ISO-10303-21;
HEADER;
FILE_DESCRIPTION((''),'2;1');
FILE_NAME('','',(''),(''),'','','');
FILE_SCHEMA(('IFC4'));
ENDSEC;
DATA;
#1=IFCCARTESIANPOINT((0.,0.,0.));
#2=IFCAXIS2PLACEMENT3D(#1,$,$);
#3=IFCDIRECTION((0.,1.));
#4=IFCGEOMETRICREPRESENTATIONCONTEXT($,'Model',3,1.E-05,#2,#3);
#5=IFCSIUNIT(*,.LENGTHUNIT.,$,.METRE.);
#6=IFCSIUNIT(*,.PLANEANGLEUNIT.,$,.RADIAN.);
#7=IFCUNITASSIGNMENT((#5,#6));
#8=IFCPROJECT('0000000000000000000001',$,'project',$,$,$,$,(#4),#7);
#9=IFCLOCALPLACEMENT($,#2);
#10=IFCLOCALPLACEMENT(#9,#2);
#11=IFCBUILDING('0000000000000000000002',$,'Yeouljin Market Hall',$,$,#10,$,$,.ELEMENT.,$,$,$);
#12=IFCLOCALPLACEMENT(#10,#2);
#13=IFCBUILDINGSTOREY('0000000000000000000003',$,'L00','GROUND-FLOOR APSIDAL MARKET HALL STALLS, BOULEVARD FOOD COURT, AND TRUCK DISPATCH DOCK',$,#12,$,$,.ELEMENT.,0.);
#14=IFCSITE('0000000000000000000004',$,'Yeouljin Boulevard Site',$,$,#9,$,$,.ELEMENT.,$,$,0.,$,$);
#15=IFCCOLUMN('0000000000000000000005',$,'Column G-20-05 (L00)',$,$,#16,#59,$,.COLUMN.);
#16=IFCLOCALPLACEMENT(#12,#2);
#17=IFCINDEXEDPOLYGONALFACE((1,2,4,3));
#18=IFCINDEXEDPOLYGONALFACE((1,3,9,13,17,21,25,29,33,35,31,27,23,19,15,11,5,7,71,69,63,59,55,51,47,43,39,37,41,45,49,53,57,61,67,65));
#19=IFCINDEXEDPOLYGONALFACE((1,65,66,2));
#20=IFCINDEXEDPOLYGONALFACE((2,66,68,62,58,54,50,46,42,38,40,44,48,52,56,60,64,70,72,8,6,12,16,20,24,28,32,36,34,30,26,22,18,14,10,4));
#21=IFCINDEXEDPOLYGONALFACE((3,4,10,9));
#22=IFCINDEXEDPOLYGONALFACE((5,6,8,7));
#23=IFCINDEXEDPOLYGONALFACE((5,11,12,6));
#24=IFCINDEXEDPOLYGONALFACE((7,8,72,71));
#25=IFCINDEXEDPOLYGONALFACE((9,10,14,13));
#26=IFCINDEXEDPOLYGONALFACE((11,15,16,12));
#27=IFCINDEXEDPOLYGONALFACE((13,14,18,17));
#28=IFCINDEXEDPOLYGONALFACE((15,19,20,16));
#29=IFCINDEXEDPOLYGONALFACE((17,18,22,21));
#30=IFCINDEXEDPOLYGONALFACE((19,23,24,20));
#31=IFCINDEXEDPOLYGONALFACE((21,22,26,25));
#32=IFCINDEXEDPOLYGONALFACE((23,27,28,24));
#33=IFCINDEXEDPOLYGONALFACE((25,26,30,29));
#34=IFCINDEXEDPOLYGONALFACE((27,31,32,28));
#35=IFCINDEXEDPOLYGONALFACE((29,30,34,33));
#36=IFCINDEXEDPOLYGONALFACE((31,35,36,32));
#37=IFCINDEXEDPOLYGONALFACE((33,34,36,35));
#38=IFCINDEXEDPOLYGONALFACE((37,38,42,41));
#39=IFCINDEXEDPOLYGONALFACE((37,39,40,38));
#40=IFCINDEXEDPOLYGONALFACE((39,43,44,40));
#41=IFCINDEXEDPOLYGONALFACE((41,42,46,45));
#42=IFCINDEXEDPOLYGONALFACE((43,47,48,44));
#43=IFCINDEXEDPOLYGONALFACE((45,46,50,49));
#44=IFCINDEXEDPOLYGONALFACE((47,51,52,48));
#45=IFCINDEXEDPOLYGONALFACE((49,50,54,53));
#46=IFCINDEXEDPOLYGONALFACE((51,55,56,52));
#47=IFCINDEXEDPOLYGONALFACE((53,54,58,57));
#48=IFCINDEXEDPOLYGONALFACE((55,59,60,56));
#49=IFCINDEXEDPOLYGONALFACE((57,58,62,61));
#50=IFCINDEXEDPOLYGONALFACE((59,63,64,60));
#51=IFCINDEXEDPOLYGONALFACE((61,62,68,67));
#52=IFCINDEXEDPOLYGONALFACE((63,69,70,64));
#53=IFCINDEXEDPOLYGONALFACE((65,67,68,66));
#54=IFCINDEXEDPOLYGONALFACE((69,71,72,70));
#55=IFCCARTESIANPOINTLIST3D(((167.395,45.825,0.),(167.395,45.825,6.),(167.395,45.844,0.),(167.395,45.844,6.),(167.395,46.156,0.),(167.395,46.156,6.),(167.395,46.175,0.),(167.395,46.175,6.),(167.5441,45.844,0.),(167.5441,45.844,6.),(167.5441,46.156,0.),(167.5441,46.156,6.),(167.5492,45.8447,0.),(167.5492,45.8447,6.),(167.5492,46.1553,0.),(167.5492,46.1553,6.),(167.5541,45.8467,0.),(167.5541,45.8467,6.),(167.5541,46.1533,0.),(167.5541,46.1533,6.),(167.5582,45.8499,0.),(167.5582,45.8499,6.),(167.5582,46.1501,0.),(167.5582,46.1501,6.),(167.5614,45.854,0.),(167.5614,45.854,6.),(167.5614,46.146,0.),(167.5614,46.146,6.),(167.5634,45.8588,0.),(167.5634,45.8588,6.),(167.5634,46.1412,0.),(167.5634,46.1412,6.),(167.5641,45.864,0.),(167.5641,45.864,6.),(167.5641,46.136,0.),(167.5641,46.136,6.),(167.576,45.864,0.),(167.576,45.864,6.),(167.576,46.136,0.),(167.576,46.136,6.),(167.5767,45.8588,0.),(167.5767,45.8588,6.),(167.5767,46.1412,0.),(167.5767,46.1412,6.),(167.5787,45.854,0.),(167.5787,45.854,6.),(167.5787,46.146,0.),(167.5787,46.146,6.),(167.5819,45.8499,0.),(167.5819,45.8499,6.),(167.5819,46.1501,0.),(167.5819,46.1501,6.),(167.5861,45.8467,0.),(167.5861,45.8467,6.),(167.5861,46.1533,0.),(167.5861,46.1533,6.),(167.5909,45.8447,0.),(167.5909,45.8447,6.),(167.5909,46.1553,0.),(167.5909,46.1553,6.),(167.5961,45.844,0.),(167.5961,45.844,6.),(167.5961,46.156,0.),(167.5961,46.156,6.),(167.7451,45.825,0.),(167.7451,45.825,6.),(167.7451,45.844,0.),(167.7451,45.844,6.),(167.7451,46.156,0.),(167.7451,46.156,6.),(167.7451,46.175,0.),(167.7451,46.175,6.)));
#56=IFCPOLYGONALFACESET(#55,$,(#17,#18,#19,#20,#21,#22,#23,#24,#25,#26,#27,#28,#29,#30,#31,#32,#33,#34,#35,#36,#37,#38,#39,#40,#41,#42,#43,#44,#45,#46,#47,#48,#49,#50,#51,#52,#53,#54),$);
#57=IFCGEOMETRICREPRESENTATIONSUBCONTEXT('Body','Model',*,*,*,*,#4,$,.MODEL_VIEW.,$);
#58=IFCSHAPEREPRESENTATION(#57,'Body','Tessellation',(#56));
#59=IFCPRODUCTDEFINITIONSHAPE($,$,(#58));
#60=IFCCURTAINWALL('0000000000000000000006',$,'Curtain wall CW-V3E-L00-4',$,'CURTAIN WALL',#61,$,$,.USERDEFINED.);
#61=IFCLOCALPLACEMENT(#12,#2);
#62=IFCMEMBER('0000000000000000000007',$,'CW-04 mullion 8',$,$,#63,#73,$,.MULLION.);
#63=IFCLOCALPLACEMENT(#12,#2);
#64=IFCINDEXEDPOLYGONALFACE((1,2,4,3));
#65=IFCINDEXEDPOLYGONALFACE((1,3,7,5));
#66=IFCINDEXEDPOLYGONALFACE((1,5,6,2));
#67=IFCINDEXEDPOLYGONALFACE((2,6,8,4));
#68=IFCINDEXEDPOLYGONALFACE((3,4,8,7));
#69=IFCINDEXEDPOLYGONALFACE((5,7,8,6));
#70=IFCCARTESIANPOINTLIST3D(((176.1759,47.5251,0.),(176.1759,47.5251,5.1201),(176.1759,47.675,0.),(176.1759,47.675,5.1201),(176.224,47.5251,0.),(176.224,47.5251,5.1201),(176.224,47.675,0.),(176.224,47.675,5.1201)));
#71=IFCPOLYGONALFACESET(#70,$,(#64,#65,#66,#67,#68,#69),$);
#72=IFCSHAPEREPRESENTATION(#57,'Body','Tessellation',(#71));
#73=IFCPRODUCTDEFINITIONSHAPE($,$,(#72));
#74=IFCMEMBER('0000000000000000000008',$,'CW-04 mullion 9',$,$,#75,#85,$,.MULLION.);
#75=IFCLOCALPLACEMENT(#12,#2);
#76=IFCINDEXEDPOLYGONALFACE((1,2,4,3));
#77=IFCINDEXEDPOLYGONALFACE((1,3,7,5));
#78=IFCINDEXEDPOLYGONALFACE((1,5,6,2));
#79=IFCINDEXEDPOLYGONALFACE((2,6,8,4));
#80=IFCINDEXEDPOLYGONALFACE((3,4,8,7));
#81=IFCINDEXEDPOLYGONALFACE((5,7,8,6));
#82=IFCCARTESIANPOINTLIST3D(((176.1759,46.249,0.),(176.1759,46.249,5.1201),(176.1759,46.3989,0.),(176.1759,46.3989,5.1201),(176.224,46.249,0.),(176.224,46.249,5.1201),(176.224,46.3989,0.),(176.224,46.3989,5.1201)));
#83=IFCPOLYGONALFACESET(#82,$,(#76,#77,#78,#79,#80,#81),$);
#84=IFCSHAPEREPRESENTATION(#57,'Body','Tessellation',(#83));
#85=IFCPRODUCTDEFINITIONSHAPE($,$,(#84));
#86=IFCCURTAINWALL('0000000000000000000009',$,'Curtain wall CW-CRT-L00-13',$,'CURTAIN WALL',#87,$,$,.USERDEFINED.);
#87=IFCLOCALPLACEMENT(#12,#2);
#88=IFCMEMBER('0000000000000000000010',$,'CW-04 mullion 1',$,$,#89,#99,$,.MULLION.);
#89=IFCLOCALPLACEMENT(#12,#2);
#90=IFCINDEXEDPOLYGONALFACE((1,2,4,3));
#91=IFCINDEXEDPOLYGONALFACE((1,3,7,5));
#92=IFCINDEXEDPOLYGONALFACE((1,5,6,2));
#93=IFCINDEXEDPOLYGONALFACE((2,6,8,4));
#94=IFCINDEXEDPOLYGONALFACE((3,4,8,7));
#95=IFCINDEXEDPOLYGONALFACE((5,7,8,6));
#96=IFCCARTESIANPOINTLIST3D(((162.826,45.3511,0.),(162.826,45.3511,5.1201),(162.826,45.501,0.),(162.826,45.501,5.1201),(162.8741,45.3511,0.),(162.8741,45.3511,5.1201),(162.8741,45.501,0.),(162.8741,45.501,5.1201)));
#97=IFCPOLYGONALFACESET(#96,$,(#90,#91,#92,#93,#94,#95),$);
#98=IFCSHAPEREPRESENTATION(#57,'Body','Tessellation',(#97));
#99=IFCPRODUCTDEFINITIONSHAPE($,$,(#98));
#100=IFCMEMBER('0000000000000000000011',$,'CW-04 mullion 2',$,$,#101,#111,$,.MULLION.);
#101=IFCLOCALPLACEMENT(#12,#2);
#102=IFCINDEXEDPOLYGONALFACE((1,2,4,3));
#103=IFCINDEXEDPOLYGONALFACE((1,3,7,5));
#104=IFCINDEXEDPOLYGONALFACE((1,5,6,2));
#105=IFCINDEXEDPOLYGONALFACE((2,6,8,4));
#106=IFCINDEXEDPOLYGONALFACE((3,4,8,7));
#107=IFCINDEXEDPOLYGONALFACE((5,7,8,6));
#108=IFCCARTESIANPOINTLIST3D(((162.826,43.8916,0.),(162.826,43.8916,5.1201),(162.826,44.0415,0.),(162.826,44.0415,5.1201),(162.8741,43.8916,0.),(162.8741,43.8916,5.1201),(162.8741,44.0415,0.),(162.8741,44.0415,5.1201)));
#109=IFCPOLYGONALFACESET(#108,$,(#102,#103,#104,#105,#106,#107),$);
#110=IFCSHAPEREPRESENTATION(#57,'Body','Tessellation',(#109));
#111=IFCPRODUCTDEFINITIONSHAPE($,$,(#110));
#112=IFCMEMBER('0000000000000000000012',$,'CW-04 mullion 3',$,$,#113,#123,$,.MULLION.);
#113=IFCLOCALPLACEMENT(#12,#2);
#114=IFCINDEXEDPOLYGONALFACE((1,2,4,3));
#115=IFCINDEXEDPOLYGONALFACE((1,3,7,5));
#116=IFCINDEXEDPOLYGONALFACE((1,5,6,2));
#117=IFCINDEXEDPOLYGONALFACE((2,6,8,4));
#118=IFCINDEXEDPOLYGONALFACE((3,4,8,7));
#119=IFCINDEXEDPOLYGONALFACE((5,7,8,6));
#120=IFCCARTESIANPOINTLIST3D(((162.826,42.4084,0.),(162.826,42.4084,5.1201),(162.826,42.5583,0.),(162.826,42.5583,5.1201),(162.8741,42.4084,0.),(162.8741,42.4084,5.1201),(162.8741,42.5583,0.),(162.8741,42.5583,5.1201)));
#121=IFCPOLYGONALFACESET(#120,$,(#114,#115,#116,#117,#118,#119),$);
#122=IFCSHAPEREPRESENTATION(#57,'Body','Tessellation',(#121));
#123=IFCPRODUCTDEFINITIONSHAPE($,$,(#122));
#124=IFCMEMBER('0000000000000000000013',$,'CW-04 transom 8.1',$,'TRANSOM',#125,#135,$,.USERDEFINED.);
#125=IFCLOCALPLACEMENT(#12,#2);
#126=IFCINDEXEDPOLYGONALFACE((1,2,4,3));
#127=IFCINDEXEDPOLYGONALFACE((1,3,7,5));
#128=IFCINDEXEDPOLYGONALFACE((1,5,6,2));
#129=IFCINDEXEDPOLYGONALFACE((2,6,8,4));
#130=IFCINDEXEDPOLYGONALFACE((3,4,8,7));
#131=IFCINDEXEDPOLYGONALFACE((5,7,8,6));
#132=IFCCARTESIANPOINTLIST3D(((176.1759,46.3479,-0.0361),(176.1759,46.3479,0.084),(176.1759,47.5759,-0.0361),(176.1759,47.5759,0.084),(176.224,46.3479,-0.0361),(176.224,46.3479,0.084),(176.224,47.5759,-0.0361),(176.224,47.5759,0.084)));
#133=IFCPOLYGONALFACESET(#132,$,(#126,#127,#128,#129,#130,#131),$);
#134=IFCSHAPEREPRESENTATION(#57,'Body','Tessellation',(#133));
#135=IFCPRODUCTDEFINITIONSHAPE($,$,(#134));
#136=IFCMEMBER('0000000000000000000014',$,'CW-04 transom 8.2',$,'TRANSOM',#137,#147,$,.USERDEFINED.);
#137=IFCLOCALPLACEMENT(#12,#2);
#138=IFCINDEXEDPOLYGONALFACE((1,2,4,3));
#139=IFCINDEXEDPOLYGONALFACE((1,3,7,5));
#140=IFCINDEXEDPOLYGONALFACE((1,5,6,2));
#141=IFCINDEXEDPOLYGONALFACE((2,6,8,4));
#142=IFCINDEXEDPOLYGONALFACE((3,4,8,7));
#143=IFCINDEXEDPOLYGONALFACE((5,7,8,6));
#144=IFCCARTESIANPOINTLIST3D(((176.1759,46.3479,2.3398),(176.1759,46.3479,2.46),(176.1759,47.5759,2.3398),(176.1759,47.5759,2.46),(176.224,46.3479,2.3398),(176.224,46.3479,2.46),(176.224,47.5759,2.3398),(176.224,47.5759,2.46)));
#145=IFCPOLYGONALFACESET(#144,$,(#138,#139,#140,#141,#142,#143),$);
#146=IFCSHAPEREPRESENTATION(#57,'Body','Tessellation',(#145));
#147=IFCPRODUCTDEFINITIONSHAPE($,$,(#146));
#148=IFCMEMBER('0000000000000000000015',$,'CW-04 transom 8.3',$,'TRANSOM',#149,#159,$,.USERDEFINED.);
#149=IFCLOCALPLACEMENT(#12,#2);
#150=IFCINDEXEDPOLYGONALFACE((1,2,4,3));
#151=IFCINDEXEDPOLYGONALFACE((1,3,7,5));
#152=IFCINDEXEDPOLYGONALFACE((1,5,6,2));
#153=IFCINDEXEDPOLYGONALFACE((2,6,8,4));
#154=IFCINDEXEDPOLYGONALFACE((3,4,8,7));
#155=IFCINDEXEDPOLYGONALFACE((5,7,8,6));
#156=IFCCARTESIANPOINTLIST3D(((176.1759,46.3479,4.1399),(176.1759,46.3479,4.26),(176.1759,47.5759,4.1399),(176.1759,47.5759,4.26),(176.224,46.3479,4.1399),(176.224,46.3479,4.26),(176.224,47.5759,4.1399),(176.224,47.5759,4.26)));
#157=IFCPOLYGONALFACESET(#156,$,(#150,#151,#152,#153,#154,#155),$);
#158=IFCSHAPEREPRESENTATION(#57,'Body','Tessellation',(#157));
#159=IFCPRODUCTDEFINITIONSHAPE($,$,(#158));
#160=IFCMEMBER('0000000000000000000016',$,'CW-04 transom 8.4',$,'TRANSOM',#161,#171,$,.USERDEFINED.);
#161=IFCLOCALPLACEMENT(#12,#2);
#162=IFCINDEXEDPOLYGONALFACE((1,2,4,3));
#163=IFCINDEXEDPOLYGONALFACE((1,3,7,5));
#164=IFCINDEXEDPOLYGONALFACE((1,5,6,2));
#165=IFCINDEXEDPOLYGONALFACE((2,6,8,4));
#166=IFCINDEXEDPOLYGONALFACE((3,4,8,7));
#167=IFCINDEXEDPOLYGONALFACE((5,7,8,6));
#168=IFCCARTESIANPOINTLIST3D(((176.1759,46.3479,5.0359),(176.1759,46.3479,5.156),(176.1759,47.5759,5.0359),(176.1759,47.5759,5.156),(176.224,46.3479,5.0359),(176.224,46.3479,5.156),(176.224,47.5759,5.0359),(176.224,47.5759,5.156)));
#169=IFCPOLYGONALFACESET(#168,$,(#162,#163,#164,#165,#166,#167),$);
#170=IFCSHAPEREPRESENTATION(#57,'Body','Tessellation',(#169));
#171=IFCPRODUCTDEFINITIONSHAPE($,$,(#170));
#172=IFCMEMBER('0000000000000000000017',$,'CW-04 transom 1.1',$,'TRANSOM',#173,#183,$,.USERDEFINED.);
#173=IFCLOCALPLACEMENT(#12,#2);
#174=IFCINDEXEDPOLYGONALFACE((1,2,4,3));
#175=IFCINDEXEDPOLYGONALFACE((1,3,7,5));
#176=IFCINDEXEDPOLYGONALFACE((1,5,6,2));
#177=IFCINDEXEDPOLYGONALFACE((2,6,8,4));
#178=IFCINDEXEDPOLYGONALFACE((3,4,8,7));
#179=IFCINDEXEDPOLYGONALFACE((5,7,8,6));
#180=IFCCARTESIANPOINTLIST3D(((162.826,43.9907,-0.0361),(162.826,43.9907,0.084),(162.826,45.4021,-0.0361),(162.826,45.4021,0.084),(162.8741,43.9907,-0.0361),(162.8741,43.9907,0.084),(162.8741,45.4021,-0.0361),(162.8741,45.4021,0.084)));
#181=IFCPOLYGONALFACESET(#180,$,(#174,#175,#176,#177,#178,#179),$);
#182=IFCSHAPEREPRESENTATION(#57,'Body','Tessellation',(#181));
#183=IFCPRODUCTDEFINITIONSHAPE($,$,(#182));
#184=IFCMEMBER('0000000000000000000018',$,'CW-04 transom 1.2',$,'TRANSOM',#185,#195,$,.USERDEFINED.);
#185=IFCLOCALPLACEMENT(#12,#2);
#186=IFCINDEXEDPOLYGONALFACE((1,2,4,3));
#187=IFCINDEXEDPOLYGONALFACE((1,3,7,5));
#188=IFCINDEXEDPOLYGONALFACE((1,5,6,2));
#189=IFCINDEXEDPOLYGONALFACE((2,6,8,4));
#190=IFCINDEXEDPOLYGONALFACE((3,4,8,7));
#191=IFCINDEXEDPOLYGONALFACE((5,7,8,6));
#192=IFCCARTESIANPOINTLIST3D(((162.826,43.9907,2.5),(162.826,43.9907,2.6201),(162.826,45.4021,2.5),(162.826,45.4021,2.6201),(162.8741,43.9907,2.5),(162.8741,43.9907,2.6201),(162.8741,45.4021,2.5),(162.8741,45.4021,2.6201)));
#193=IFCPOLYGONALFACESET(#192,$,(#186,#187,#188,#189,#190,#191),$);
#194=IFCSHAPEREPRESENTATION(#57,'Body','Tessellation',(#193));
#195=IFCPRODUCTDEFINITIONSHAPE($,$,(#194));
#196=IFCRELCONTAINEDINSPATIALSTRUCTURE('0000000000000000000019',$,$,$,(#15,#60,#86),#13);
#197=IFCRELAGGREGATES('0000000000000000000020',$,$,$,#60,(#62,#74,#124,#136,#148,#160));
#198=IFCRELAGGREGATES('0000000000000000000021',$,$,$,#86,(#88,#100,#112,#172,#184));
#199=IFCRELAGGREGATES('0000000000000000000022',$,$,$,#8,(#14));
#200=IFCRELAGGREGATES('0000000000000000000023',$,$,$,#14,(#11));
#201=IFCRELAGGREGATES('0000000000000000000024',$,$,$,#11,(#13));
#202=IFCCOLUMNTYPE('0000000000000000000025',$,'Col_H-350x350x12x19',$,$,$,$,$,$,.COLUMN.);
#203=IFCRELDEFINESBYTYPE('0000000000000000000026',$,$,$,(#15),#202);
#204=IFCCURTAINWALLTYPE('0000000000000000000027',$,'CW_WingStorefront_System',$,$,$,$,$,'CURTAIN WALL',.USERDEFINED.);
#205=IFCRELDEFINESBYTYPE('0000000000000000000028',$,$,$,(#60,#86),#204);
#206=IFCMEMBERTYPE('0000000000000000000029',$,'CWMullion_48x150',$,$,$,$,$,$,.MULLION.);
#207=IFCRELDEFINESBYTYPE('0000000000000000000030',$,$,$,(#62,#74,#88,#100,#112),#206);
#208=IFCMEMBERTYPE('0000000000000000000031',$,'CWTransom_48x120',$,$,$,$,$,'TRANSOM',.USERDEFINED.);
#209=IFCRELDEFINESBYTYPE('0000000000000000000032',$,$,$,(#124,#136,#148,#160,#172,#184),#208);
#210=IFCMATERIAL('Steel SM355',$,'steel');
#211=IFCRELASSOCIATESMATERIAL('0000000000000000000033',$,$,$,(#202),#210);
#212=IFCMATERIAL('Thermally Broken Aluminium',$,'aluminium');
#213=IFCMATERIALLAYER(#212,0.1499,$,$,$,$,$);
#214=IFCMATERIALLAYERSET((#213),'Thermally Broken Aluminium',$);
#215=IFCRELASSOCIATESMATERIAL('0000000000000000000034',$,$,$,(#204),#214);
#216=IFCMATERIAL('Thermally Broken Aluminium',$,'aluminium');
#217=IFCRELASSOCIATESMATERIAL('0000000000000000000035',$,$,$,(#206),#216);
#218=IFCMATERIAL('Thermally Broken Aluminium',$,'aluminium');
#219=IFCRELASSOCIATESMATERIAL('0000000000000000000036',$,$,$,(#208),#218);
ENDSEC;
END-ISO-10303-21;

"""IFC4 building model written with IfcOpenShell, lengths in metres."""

from ifc_helpers import new_model, si_unit, direction, frame, origin, origin_2d, place, context, subcontext, project, spatial, rectangle, i_section, extrude, material, layer, layer_set, material_profile, profile_set, type_object, element, aggregate, save


model = new_model("IFC4")

# Units and contexts
model_context = context("Model", 3, precision=1e-05, world=origin(), true_north=direction((0.0, 1.0)))
body_context = subcontext(model_context, "Body", "Model", "MODEL_VIEW")
ifc_project = project(units=[si_unit("LENGTHUNIT", "METRE"), si_unit("PLANEANGLEUNIT", "RADIAN")], contexts=[model_context])

# Site, building, storey
site_placement = place(None, origin())
site = spatial("IfcSite", under=ifc_project, at=site_placement, Name="Yeouljin Boulevard Site", CompositionType="ELEMENT", RefElevation=0.0)
building_placement = place(site_placement, origin())
building = spatial("IfcBuilding", under=site, at=building_placement, Name="Yeouljin Market Hall", CompositionType="ELEMENT")
storey_placement = place(building_placement, origin())
storey = spatial("IfcBuildingStorey", under=building, at=storey_placement, Name="L00", Description="GROUND-FLOOR APSIDAL MARKET HALL STALLS, BOULEVARD FOOD COURT, AND TRUCK DISPATCH DOCK", CompositionType="ELEMENT", Elevation=0.0)

# Column
ifc_material_1 = material(Name="Steel SM355", Category="steel")
ifc_material_profile_1 = material_profile(ifc_material_1, i_section(OverallWidth=0.3501, OverallDepth=0.3501, WebThickness=0.012, FlangeThickness=0.019, FilletRadius=0.02, at=origin_2d()), Name="H-350x350x12x19")
ifc_profile_set_1 = profile_set([ifc_material_profile_1], Name="Steel SM355")
column_type = type_object("IfcColumnType", Name="Col_H-350x350x12x19", PredefinedType="COLUMN", material=ifc_profile_set_1)
column_placement = place(storey_placement, frame((167.5701, 46.0, 0.0), z_axis=(0.0, 0.0, 1.0), x_axis=(1.0, 0.0, 0.0)))
element("IfcColumn", 1, at=column_placement, inside=storey, type_object=column_type, Name="Column G-20-05 (L00)", PredefinedType="COLUMN", context=body_context, shape_type="SweptSolid", body=[
    extrude(i_section(OverallWidth=0.3501, OverallDepth=0.3501, WebThickness=0.012, FlangeThickness=0.019, FilletRadius=0.02, at=origin_2d()), origin(), (0.0, 0.0, 1.0), 6.0),
])

# Curtain walls, members
ifc_material_2 = material(Name="Thermally Broken Aluminium", Category="aluminium")
ifc_layer_1 = layer(ifc_material_2, 0.1499)
ifc_layer_set_1 = layer_set([ifc_layer_1], Name="Thermally Broken Aluminium")
curtain_wall_type = type_object("IfcCurtainWallType", Name="CW_WingStorefront_System", ElementType="CURTAIN WALL", PredefinedType="USERDEFINED", material=ifc_layer_set_1)
curtain_wall_1_placement = place(storey_placement, origin())
curtain_wall_1 = element("IfcCurtainWall", 2, at=curtain_wall_1_placement, inside=storey, type_object=curtain_wall_type, Name="Curtain wall CW-V3E-L00-4", ObjectType="CURTAIN WALL", PredefinedType="USERDEFINED")
ifc_material_3 = material(Name="Thermally Broken Aluminium", Category="aluminium")
ifc_material_profile_2 = material_profile(ifc_material_3, rectangle(XDim=0.0481, YDim=0.1499, at=origin_2d()), Name="CW-MULL-48x150")
ifc_profile_set_2 = profile_set([ifc_material_profile_2], Name="Thermally Broken Aluminium")
member_type_1 = type_object("IfcMemberType", Name="CWMullion_48x150", PredefinedType="MULLION", material=ifc_profile_set_2)
member_1_placement = place(storey_placement, frame((176.2, 47.6001, 0.0), z_axis=(0.0, 0.0, 1.0), x_axis=(1.0, 0.0, 0.0)))
member_1 = element("IfcMember", 3, at=member_1_placement, type_object=member_type_1, Name="CW-04 mullion 8", PredefinedType="MULLION", context=body_context, shape_type="SweptSolid", body=[
    extrude(rectangle(XDim=0.0481, YDim=0.1499, at=origin_2d()), origin(), (0.0, 0.0, 1.0), 5.1201),
])
member_2_placement = place(storey_placement, frame((176.2, 46.324, 0.0), z_axis=(0.0, 0.0, 1.0), x_axis=(1.0, 0.0, 0.0)))
member_2 = element("IfcMember", 4, at=member_2_placement, type_object=member_type_1, Name="CW-04 mullion 9", PredefinedType="MULLION", context=body_context, shape_type="SweptSolid", body=[
    extrude(rectangle(XDim=0.0481, YDim=0.1499, at=origin_2d()), origin(), (0.0, 0.0, 1.0), 5.1201),
])
curtain_wall_2_placement = place(storey_placement, origin())
curtain_wall_2 = element("IfcCurtainWall", 5, at=curtain_wall_2_placement, inside=storey, type_object=curtain_wall_type, Name="Curtain wall CW-CRT-L00-13", ObjectType="CURTAIN WALL", PredefinedType="USERDEFINED")
member_3_placement = place(storey_placement, frame((162.8501, 45.426, 0.0), z_axis=(0.0, 0.0, 1.0), x_axis=(1.0, 0.0, 0.0)))
member_3 = element("IfcMember", 6, at=member_3_placement, type_object=member_type_1, Name="CW-04 mullion 1", PredefinedType="MULLION", context=body_context, shape_type="SweptSolid", body=[
    extrude(rectangle(XDim=0.0481, YDim=0.1499, at=origin_2d()), origin(), (0.0, 0.0, 1.0), 5.1201),
])
member_4_placement = place(storey_placement, frame((162.8501, 43.9666, 0.0), z_axis=(0.0, 0.0, 1.0), x_axis=(1.0, 0.0, 0.0)))
member_4 = element("IfcMember", 7, at=member_4_placement, type_object=member_type_1, Name="CW-04 mullion 2", PredefinedType="MULLION", context=body_context, shape_type="SweptSolid", body=[
    extrude(rectangle(XDim=0.0481, YDim=0.1499, at=origin_2d()), origin(), (0.0, 0.0, 1.0), 5.1201),
])
member_5_placement = place(storey_placement, frame((162.8501, 42.4834, 0.0), z_axis=(0.0, 0.0, 1.0), x_axis=(1.0, 0.0, 0.0)))
member_5 = element("IfcMember", 8, at=member_5_placement, type_object=member_type_1, Name="CW-04 mullion 3", PredefinedType="MULLION", context=body_context, shape_type="SweptSolid", body=[
    extrude(rectangle(XDim=0.0481, YDim=0.1499, at=origin_2d()), origin(), (0.0, 0.0, 1.0), 5.1201),
])

# Members
ifc_material_4 = material(Name="Thermally Broken Aluminium", Category="aluminium")
ifc_material_profile_3 = material_profile(ifc_material_4, rectangle(XDim=0.0481, YDim=0.1201, at=origin_2d()), Name="CW-TRAN-48x120")
ifc_profile_set_3 = profile_set([ifc_material_profile_3], Name="Thermally Broken Aluminium")
member_type_2 = type_object("IfcMemberType", Name="CWTransom_48x120", ElementType="TRANSOM", PredefinedType="USERDEFINED", material=ifc_profile_set_3)
member_6_placement = place(storey_placement, frame((176.2, 47.5759, 0.0239), z_axis=(0.0, -1.0, 0.0), x_axis=(1.0, 0.0, 0.0)))
member_6 = element("IfcMember", 9, at=member_6_placement, type_object=member_type_2, Name="CW-04 transom 8.1", ObjectType="TRANSOM", PredefinedType="USERDEFINED", context=body_context, shape_type="SweptSolid", body=[
    extrude(rectangle(XDim=0.0481, YDim=0.1201, at=origin_2d()), origin(), (0.0, 0.0, 1.0), 1.228),
])
member_7_placement = place(storey_placement, frame((176.2, 47.5759, 2.3999), z_axis=(0.0, -1.0, 0.0), x_axis=(1.0, 0.0, 0.0)))
member_7 = element("IfcMember", 10, at=member_7_placement, type_object=member_type_2, Name="CW-04 transom 8.2", ObjectType="TRANSOM", PredefinedType="USERDEFINED", context=body_context, shape_type="SweptSolid", body=[
    extrude(rectangle(XDim=0.0481, YDim=0.1201, at=origin_2d()), origin(), (0.0, 0.0, 1.0), 1.228),
])
member_8_placement = place(storey_placement, frame((176.2, 47.5759, 4.2), z_axis=(0.0, -1.0, 0.0), x_axis=(1.0, 0.0, 0.0)))
member_8 = element("IfcMember", 11, at=member_8_placement, type_object=member_type_2, Name="CW-04 transom 8.3", ObjectType="TRANSOM", PredefinedType="USERDEFINED", context=body_context, shape_type="SweptSolid", body=[
    extrude(rectangle(XDim=0.0481, YDim=0.1201, at=origin_2d()), origin(), (0.0, 0.0, 1.0), 1.228),
])
member_9_placement = place(storey_placement, frame((176.2, 47.5759, 5.0959), z_axis=(0.0, -1.0, 0.0), x_axis=(1.0, 0.0, 0.0)))
member_9 = element("IfcMember", 12, at=member_9_placement, type_object=member_type_2, Name="CW-04 transom 8.4", ObjectType="TRANSOM", PredefinedType="USERDEFINED", context=body_context, shape_type="SweptSolid", body=[
    extrude(rectangle(XDim=0.0481, YDim=0.1201, at=origin_2d()), origin(), (0.0, 0.0, 1.0), 1.228),
])
member_10_placement = place(storey_placement, frame((162.8501, 45.4021, 0.0239), z_axis=(0.0, -1.0, 0.0), x_axis=(1.0, 0.0, 0.0)))
member_10 = element("IfcMember", 13, at=member_10_placement, type_object=member_type_2, Name="CW-04 transom 1.1", ObjectType="TRANSOM", PredefinedType="USERDEFINED", context=body_context, shape_type="SweptSolid", body=[
    extrude(rectangle(XDim=0.0481, YDim=0.1201, at=origin_2d()), origin(), (0.0, 0.0, 1.0), 1.4114),
])
member_11_placement = place(storey_placement, frame((162.8501, 45.4021, 2.5601), z_axis=(0.0, -1.0, 0.0), x_axis=(1.0, 0.0, 0.0)))
member_11 = element("IfcMember", 14, at=member_11_placement, type_object=member_type_2, Name="CW-04 transom 1.2", ObjectType="TRANSOM", PredefinedType="USERDEFINED", context=body_context, shape_type="SweptSolid", body=[
    extrude(rectangle(XDim=0.0481, YDim=0.1201, at=origin_2d()), origin(), (0.0, 0.0, 1.0), 1.4114),
])

aggregate(curtain_wall_1, [member_1, member_2, member_6, member_7, member_8, member_9])
aggregate(curtain_wall_2, [member_3, member_4, member_5, member_10, member_11])

save(model, "model.ifc")
